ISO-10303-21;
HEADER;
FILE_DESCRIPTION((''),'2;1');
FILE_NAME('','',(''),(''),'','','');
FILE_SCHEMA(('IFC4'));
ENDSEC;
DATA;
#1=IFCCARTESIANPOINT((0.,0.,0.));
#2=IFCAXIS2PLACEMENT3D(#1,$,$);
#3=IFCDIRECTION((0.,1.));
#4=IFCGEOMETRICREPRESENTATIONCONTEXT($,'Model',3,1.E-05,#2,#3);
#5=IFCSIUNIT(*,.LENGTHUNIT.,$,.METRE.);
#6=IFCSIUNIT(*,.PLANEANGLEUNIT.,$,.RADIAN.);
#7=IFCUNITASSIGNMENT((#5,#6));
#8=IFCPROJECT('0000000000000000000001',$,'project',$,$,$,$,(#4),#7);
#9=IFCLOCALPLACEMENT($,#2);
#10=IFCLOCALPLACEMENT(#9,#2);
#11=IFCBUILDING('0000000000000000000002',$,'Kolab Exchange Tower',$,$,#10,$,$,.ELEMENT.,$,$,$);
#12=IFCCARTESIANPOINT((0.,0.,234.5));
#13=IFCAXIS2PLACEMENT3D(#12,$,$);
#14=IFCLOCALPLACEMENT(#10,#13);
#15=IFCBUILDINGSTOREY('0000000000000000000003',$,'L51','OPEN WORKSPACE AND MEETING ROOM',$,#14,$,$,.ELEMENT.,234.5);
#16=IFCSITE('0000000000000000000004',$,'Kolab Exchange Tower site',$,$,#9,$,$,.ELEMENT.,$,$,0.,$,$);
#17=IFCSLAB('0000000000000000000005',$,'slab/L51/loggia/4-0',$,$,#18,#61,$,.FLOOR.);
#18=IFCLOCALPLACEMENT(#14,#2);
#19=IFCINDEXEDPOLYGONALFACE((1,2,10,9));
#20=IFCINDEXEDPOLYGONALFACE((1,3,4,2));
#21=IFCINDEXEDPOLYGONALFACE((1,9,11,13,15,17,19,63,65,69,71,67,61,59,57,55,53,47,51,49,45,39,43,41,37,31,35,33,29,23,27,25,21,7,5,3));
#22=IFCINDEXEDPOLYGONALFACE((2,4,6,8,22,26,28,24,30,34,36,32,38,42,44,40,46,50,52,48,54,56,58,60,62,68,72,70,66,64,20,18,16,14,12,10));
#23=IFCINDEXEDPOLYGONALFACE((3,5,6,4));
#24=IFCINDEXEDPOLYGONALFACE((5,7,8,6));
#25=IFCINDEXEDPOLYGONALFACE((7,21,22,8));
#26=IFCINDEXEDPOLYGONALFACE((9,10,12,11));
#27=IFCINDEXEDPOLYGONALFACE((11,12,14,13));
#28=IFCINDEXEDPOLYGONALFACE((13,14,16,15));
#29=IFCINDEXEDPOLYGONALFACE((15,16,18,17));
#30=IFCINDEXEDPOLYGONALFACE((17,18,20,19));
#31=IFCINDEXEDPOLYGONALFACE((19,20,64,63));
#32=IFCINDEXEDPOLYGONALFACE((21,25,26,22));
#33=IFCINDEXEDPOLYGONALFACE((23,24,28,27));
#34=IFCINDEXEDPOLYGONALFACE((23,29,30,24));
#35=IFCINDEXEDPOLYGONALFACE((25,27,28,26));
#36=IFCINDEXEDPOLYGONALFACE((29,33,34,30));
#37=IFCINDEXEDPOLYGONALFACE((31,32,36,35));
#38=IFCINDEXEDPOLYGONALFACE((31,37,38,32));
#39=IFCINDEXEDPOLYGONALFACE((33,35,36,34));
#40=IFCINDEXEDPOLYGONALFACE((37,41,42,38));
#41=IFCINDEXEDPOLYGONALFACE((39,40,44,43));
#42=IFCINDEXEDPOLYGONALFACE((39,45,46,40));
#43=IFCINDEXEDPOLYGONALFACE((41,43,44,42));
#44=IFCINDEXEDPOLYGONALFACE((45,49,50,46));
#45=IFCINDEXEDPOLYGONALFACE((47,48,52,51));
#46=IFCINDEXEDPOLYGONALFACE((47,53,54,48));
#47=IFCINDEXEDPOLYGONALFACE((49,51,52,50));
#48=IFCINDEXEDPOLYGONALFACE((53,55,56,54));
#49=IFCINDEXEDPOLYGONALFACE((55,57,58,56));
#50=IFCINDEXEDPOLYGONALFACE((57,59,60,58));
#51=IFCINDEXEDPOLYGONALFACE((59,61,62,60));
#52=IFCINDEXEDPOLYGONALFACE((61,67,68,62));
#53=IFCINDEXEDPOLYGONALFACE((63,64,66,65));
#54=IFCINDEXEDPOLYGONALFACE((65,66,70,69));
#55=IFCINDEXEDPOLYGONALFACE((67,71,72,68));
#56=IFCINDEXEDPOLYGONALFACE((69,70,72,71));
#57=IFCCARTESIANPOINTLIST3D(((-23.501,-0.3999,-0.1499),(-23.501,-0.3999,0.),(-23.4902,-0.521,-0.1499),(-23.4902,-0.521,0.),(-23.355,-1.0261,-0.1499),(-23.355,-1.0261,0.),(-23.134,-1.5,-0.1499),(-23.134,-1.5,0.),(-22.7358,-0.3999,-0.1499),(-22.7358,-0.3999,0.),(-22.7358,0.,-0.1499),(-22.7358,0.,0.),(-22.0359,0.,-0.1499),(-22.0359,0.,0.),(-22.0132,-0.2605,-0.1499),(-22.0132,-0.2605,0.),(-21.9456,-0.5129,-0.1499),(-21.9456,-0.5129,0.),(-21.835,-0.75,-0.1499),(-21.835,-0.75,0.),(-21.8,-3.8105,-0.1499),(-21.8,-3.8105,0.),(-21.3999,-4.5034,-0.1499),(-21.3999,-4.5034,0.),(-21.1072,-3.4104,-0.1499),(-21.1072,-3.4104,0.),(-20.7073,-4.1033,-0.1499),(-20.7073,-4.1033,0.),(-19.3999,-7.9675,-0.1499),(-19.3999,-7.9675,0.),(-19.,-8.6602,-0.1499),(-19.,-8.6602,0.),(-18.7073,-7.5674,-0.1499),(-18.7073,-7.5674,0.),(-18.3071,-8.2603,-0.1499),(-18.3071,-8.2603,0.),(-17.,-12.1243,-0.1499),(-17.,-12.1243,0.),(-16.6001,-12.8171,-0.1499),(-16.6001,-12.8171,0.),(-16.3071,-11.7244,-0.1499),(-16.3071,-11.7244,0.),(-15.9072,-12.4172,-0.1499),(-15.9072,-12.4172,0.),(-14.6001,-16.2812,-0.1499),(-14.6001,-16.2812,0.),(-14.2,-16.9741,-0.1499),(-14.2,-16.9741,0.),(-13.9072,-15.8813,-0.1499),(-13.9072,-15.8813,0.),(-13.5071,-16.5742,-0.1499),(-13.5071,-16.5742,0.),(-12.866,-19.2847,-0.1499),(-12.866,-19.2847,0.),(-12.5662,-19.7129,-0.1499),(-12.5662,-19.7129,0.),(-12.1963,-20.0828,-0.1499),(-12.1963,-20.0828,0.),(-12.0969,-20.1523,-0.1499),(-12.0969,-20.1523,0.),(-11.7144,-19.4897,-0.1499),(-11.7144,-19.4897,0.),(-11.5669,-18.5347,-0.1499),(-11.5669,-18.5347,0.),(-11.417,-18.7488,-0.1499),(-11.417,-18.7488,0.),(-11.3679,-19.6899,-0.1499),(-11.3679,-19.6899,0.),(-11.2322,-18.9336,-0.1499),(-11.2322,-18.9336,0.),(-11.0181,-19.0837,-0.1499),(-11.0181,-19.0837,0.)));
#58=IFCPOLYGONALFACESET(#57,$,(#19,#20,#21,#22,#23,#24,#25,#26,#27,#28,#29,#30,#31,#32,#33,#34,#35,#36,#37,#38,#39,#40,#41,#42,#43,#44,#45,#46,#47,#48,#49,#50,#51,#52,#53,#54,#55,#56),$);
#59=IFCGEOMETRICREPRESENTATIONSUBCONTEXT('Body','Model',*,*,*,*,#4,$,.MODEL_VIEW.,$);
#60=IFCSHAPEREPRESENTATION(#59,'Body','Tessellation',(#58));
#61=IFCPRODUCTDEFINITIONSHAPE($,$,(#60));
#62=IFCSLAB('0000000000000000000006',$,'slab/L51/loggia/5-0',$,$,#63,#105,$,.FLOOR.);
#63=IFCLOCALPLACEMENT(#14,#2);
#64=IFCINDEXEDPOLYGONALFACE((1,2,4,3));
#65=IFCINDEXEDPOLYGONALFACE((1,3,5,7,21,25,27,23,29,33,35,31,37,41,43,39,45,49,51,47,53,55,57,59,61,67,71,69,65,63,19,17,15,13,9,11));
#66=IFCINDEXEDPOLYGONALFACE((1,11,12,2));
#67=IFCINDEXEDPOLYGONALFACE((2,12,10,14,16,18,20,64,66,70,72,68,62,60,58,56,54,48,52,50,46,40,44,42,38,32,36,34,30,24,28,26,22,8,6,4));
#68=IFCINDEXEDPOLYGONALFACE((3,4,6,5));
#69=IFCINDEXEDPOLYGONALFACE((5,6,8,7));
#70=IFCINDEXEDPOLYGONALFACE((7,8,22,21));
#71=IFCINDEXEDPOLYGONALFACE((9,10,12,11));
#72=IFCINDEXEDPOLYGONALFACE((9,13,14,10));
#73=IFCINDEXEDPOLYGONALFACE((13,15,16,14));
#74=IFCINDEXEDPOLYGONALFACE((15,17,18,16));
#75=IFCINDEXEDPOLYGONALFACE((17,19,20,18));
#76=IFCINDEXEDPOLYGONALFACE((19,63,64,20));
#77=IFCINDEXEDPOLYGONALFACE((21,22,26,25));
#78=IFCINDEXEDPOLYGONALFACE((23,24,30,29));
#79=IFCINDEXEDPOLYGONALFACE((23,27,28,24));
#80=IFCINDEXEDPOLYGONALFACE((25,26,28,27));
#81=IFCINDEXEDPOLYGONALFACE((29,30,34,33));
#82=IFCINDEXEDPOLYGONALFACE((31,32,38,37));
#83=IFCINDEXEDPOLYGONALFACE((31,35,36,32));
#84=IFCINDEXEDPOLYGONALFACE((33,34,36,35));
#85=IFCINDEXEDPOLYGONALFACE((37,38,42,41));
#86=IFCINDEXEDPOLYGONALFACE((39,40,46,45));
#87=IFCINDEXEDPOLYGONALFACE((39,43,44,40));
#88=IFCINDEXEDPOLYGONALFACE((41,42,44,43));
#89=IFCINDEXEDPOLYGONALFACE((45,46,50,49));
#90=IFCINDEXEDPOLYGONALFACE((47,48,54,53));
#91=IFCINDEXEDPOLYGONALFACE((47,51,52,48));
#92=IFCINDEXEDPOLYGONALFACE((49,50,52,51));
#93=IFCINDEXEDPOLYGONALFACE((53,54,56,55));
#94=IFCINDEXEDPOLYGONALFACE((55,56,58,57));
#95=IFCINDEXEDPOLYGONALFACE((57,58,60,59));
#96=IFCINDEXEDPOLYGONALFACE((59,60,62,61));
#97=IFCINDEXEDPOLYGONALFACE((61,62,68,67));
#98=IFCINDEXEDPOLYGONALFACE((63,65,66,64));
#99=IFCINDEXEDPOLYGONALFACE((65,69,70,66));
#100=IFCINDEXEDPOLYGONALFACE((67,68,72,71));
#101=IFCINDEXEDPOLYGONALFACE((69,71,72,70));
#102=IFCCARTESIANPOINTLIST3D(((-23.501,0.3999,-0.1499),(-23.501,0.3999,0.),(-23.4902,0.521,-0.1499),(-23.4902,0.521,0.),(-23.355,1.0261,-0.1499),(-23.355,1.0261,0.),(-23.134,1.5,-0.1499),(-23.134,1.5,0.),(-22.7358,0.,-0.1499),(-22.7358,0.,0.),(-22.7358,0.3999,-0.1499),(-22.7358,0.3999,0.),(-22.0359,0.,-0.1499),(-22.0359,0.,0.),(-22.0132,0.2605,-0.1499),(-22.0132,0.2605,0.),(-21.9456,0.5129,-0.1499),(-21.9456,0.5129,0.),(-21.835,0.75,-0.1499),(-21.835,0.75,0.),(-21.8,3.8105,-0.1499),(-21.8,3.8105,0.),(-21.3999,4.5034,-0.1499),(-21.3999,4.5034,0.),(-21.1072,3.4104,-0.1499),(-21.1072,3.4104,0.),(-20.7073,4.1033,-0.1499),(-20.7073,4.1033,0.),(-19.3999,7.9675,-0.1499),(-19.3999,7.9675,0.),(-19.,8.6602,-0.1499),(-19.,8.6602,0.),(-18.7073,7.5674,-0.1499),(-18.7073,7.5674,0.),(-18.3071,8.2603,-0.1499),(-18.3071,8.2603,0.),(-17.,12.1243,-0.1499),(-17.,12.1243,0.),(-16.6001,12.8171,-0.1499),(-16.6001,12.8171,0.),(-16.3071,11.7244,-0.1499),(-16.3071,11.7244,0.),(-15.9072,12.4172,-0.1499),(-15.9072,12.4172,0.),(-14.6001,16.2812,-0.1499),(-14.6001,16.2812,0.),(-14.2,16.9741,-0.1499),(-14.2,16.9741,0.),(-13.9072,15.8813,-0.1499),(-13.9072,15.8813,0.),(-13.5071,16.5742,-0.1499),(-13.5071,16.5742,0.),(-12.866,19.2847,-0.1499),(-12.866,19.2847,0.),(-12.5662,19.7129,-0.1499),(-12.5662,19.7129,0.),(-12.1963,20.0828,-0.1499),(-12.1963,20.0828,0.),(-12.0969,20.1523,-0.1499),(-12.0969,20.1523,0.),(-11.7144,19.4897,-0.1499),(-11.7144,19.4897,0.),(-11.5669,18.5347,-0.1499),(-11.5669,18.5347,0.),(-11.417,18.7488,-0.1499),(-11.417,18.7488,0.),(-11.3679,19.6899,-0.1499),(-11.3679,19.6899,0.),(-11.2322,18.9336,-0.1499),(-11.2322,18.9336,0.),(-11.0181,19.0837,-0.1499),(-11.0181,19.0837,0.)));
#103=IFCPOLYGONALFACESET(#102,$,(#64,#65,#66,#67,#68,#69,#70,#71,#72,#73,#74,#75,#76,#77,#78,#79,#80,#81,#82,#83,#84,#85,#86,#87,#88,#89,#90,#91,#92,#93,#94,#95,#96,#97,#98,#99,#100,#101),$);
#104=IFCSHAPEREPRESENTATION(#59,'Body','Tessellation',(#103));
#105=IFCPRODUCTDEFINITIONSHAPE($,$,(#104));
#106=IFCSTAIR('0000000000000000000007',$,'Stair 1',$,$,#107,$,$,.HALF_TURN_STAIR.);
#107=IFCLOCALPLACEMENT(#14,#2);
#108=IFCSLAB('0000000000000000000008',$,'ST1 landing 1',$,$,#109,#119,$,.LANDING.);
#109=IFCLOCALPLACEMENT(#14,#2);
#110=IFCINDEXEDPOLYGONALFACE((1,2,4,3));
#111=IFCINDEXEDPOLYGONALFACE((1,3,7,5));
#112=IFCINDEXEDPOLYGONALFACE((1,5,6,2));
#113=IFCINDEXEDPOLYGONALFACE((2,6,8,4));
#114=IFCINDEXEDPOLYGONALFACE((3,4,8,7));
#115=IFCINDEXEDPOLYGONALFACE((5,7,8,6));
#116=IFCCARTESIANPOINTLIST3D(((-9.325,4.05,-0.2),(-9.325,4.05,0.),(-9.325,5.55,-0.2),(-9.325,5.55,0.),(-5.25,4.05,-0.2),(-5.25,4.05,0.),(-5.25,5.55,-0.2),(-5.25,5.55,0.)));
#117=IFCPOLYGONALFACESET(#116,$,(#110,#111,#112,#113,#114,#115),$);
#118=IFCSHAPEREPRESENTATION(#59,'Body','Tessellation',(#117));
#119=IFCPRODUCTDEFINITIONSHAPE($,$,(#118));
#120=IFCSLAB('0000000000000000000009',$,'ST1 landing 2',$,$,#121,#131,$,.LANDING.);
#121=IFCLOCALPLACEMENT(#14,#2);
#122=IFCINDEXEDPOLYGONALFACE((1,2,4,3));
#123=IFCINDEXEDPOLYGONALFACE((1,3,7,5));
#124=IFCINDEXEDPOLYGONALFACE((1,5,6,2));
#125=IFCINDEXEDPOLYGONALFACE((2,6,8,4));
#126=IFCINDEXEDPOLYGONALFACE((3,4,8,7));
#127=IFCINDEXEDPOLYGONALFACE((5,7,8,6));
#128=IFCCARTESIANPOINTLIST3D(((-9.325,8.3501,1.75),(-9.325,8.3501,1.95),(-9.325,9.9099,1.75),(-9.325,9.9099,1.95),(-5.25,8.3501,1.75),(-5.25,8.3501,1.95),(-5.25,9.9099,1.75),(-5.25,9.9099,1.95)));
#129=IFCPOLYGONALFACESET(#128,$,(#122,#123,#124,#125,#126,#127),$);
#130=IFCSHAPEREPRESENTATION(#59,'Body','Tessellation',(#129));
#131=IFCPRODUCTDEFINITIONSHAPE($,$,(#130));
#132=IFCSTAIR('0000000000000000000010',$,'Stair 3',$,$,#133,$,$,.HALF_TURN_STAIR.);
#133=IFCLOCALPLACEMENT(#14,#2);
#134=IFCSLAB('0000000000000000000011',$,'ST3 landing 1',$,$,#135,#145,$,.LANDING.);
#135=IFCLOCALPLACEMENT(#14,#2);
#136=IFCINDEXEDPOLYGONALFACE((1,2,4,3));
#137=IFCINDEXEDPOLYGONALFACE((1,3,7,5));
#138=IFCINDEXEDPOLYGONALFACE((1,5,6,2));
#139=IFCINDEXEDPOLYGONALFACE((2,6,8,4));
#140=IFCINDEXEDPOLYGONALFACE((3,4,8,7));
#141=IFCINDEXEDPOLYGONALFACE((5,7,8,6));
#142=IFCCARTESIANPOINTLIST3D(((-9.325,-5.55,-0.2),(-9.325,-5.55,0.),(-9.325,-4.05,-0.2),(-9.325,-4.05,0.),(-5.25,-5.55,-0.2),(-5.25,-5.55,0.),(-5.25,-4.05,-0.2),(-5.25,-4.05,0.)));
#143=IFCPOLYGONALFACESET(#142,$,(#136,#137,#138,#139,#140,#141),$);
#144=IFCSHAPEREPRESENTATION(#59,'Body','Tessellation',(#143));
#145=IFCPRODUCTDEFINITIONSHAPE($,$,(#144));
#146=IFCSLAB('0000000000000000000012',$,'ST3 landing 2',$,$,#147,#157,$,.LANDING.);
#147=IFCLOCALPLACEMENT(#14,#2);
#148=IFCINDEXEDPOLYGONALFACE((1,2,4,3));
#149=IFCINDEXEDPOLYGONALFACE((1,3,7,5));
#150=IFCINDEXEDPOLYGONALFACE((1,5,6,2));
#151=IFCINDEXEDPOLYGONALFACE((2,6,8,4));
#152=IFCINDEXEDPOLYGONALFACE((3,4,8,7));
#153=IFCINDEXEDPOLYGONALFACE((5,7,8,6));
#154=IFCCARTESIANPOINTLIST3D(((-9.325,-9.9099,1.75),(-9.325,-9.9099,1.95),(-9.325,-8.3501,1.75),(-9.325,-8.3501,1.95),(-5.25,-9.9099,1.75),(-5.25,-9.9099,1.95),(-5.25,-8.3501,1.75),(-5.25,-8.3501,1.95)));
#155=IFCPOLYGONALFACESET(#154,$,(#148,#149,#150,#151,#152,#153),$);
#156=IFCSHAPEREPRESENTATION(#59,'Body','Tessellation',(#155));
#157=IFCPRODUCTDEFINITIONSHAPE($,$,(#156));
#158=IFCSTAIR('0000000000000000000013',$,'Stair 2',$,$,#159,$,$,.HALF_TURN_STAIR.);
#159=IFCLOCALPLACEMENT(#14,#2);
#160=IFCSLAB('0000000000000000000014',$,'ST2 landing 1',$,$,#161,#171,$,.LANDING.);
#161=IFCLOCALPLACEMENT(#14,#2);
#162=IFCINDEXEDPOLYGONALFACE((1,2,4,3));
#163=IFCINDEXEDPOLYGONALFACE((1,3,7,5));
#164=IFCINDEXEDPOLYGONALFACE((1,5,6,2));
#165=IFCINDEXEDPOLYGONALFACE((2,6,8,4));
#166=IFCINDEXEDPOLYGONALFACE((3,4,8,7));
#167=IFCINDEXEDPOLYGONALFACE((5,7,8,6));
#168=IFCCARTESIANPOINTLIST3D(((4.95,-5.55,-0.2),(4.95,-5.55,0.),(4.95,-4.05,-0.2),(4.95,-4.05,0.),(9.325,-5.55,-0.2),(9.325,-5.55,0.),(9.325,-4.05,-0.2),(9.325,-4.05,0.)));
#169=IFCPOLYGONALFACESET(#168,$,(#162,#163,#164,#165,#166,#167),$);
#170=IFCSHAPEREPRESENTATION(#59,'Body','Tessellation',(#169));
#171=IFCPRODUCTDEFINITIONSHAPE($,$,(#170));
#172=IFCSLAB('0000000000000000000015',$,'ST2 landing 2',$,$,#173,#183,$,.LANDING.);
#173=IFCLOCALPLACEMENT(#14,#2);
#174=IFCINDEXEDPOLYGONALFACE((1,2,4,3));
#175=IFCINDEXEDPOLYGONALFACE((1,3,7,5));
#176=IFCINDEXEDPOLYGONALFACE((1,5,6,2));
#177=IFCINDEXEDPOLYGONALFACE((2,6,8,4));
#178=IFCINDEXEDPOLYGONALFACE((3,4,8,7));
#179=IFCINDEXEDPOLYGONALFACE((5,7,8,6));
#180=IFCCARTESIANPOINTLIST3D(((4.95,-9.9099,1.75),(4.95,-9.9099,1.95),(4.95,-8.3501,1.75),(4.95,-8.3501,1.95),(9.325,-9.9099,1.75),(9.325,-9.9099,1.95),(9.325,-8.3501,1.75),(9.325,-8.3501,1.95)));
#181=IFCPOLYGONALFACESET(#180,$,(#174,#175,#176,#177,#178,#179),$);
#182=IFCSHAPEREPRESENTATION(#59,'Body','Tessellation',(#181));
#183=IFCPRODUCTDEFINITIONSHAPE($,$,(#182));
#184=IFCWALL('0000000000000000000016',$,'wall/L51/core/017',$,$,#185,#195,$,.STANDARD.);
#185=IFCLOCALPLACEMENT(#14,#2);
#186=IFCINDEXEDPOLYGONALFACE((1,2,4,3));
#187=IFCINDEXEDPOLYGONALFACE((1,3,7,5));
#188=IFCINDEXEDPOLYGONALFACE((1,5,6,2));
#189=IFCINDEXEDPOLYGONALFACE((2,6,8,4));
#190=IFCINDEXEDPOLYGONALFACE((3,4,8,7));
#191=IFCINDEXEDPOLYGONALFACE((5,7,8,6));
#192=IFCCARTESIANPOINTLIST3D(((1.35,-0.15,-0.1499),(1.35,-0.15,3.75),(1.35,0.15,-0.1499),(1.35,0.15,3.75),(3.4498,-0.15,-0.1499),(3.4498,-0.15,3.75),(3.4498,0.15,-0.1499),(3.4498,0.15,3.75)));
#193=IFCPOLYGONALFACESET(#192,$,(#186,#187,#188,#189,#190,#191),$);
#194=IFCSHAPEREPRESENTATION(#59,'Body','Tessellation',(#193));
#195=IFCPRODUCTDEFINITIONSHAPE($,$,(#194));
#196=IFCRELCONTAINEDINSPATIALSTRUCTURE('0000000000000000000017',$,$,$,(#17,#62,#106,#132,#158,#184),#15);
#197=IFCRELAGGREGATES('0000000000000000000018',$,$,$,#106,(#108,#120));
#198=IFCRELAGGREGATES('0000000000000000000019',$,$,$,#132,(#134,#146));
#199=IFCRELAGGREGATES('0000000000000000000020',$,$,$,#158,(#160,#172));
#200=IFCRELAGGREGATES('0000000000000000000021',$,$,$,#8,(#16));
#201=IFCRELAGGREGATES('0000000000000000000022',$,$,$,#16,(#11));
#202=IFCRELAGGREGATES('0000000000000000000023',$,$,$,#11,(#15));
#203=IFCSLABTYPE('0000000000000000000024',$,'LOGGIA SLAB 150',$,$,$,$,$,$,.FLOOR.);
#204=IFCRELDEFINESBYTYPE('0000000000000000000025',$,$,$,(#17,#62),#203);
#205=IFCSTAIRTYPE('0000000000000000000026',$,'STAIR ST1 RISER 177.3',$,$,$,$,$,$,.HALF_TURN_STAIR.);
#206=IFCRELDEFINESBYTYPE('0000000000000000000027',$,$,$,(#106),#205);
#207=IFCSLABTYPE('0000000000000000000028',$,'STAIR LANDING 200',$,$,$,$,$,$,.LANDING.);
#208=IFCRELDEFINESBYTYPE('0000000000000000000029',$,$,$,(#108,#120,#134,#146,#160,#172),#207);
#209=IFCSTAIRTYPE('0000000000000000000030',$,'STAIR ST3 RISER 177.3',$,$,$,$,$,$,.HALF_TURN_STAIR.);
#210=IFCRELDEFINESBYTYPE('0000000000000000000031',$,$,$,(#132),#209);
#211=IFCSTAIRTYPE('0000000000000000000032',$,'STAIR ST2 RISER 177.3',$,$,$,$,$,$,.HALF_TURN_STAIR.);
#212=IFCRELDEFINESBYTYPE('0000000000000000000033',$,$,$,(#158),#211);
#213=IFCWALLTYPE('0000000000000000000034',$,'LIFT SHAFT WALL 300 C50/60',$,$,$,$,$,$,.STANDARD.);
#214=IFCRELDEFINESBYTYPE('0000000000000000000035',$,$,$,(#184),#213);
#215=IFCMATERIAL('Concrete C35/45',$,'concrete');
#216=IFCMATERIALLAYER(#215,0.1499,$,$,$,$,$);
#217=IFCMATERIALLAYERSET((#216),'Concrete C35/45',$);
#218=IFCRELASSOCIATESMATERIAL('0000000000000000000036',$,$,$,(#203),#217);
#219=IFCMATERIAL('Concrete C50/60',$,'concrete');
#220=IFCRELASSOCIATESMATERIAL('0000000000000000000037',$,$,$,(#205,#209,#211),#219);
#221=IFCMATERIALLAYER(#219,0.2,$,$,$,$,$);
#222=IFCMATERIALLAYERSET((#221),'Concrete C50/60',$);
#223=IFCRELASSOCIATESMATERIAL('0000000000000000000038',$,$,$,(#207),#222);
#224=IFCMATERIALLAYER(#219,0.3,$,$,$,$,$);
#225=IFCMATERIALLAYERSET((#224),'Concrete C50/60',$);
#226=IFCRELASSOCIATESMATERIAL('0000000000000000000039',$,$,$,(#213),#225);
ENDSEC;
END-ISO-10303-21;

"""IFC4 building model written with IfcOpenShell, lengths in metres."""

from ifc_helpers import new_model, si_unit, direction, frame, frame_2d, origin, place, context, subcontext, project, spatial, polyline, rectangle, outline, extrude, material, layer, layer_set, type_object, element, aggregate, save


model = new_model("IFC4")

# Units and contexts
model_context = context("Model", 3, precision=1e-05, world=origin(), true_north=direction((0.0, 1.0)))
body_context = subcontext(model_context, "Body", "Model", "MODEL_VIEW")
ifc_project = project(units=[si_unit("LENGTHUNIT", "METRE"), si_unit("PLANEANGLEUNIT", "RADIAN")], contexts=[model_context])

# Site, building, storey
site_placement = place(None, origin())
site = spatial("IfcSite", under=ifc_project, at=site_placement, Name="Kolab Exchange Tower site", CompositionType="ELEMENT", RefElevation=0.0)
building_placement = place(site_placement, origin())
building = spatial("IfcBuilding", under=site, at=building_placement, Name="Kolab Exchange Tower", CompositionType="ELEMENT")
storey_placement = place(building_placement, frame((0.0, 0.0, 234.5)))
storey = spatial("IfcBuildingStorey", under=building, at=storey_placement, Name="L51", Description="OPEN WORKSPACE AND MEETING ROOM", CompositionType="ELEMENT", Elevation=234.5)

# Slabs
ifc_material_1 = material(Name="Concrete C35/45", Category="concrete")
ifc_layer_1 = layer(ifc_material_1, 0.1499)
ifc_layer_set_1 = layer_set([ifc_layer_1], Name="Concrete C35/45")
slab_type_1 = type_object("IfcSlabType", Name="LOGGIA SLAB 150", PredefinedType="FLOOR", material=ifc_layer_set_1)
slab_1_placement = place(storey_placement, frame((0.0, 0.0, -0.1499)))
element("IfcSlab", 1, at=slab_1_placement, inside=storey, type_object=slab_type_1, Name="slab/L51/loggia/4-0", PredefinedType="FLOOR", context=body_context, shape_type="SweptSolid", body=[
    extrude(outline(polyline([(-22.0359, 0.0), (-22.7358, 0.0), (-22.7358, -0.3999), (-23.501, -0.3999), (-23.4902, -0.521), (-23.355, -1.0261), (-23.134, -1.5), (-21.8, -3.8105), (-21.1072, -3.4104), (-20.7073, -4.1033), (-21.3999, -4.5034), (-19.3999, -7.9675), (-18.7073, -7.5674), (-18.3071, -8.2603), (-19.0, -8.6602), (-17.0, -12.1243), (-16.3071, -11.7244), (-15.9072, -12.4172), (-16.6001, -12.8171), (-14.6001, -16.2812), (-13.9072, -15.8813), (-13.5071, -16.5742), (-14.2, -16.9741), (-12.866, -19.2847), (-12.5662, -19.7129), (-12.1963, -20.0828), (-12.0969, -20.1523), (-11.7144, -19.4897), (-11.3679, -19.6899), (-11.0181, -19.0837), (-11.2322, -18.9336), (-11.417, -18.7488), (-11.5669, -18.5347), (-21.835, -0.75), (-21.9456, -0.5129), (-22.0132, -0.2605), (-22.0359, 0.0)])), origin(), (0.0, 0.0, 1.0), 0.1499),
])
slab_2_placement = place(storey_placement, frame((0.0, 0.0, -0.1499)))
element("IfcSlab", 2, at=slab_2_placement, inside=storey, type_object=slab_type_1, Name="slab/L51/loggia/5-0", PredefinedType="FLOOR", context=body_context, shape_type="SweptSolid", body=[
    extrude(outline(polyline([(-11.0181, 19.0837), (-11.3679, 19.6899), (-11.7144, 19.4897), (-12.0969, 20.1523), (-12.1963, 20.0828), (-12.5662, 19.7129), (-12.866, 19.2847), (-14.2, 16.9741), (-13.5071, 16.5742), (-13.9072, 15.8813), (-14.6001, 16.2812), (-16.6001, 12.8171), (-15.9072, 12.4172), (-16.3071, 11.7244), (-17.0, 12.1243), (-19.0, 8.6602), (-18.3071, 8.2603), (-18.7073, 7.5674), (-19.3999, 7.9675), (-21.3999, 4.5034), (-20.7073, 4.1033), (-21.1072, 3.4104), (-21.8, 3.8105), (-23.134, 1.5), (-23.355, 1.0261), (-23.4902, 0.521), (-23.501, 0.3999), (-22.7358, 0.3999), (-22.7358, 0.0), (-22.0359, 0.0), (-22.0132, 0.2605), (-21.9456, 0.5129), (-21.835, 0.75), (-11.5669, 18.5347), (-11.417, 18.7488), (-11.2322, 18.9336), (-11.0181, 19.0837)])), origin(), (0.0, 0.0, 1.0), 0.1499),
])

# Stairs, slabs
ifc_material_2 = material(Name="Concrete C50/60", Category="concrete")
stair_type_1 = type_object("IfcStairType", Name="STAIR ST1 RISER 177.3", PredefinedType="HALF_TURN_STAIR", material=ifc_material_2)
stair_1_placement = place(storey_placement, origin())
stair_1 = element("IfcStair", 3, at=stair_1_placement, inside=storey, type_object=stair_type_1, Name="Stair 1", PredefinedType="HALF_TURN_STAIR")
ifc_layer_2 = layer(ifc_material_2, 0.2)
ifc_layer_set_2 = layer_set([ifc_layer_2], Name="Concrete C50/60")
slab_type_2 = type_object("IfcSlabType", Name="STAIR LANDING 200", PredefinedType="LANDING", material=ifc_layer_set_2)
slab_3_placement = place(storey_placement, frame((0.0, 0.0, -0.2)))
slab_3 = element("IfcSlab", 4, at=slab_3_placement, type_object=slab_type_2, Name="ST1 landing 1", PredefinedType="LANDING", context=body_context, shape_type="SweptSolid", body=[
    extrude(outline(polyline([(-9.325, 4.05), (-5.25, 4.05), (-5.25, 5.55), (-9.325, 5.55), (-9.325, 4.05)])), origin(), (0.0, 0.0, 1.0), 0.2),
])
slab_4_placement = place(storey_placement, frame((0.0, 0.0, 1.75)))
slab_4 = element("IfcSlab", 5, at=slab_4_placement, type_object=slab_type_2, Name="ST1 landing 2", PredefinedType="LANDING", context=body_context, shape_type="SweptSolid", body=[
    extrude(outline(polyline([(-9.325, 8.3501), (-5.25, 8.3501), (-5.25, 9.9099), (-9.325, 9.9099), (-9.325, 8.3501)])), origin(), (0.0, 0.0, 1.0), 0.2),
])
aggregate(stair_1, [slab_3, slab_4])
stair_type_2 = type_object("IfcStairType", Name="STAIR ST3 RISER 177.3", PredefinedType="HALF_TURN_STAIR", material=ifc_material_2)
stair_2_placement = place(storey_placement, origin())
stair_2 = element("IfcStair", 6, at=stair_2_placement, inside=storey, type_object=stair_type_2, Name="Stair 3", PredefinedType="HALF_TURN_STAIR")
slab_5_placement = place(storey_placement, frame((0.0, 0.0, -0.2)))
slab_5 = element("IfcSlab", 7, at=slab_5_placement, type_object=slab_type_2, Name="ST3 landing 1", PredefinedType="LANDING", context=body_context, shape_type="SweptSolid", body=[
    extrude(outline(polyline([(-9.325, -5.55), (-5.25, -5.55), (-5.25, -4.05), (-9.325, -4.05), (-9.325, -5.55)])), origin(), (0.0, 0.0, 1.0), 0.2),
])
slab_6_placement = place(storey_placement, frame((0.0, 0.0, 1.75)))
slab_6 = element("IfcSlab", 8, at=slab_6_placement, type_object=slab_type_2, Name="ST3 landing 2", PredefinedType="LANDING", context=body_context, shape_type="SweptSolid", body=[
    extrude(outline(polyline([(-9.325, -9.9099), (-5.25, -9.9099), (-5.25, -8.3501), (-9.325, -8.3501), (-9.325, -9.9099)])), origin(), (0.0, 0.0, 1.0), 0.2),
])
aggregate(stair_2, [slab_5, slab_6])
stair_type_3 = type_object("IfcStairType", Name="STAIR ST2 RISER 177.3", PredefinedType="HALF_TURN_STAIR", material=ifc_material_2)
stair_3_placement = place(storey_placement, origin())
stair_3 = element("IfcStair", 9, at=stair_3_placement, inside=storey, type_object=stair_type_3, Name="Stair 2", PredefinedType="HALF_TURN_STAIR")
slab_7_placement = place(storey_placement, frame((0.0, 0.0, -0.2)))
slab_7 = element("IfcSlab", 10, at=slab_7_placement, type_object=slab_type_2, Name="ST2 landing 1", PredefinedType="LANDING", context=body_context, shape_type="SweptSolid", body=[
    extrude(outline(polyline([(4.95, -5.55), (9.325, -5.55), (9.325, -4.05), (4.95, -4.05), (4.95, -5.55)])), origin(), (0.0, 0.0, 1.0), 0.2),
])
slab_8_placement = place(storey_placement, frame((0.0, 0.0, 1.75)))
slab_8 = element("IfcSlab", 11, at=slab_8_placement, type_object=slab_type_2, Name="ST2 landing 2", PredefinedType="LANDING", context=body_context, shape_type="SweptSolid", body=[
    extrude(outline(polyline([(4.95, -9.9099), (9.325, -9.9099), (9.325, -8.3501), (4.95, -8.3501), (4.95, -9.9099)])), origin(), (0.0, 0.0, 1.0), 0.2),
])
aggregate(stair_3, [slab_7, slab_8])

# Wall
ifc_layer_3 = layer(ifc_material_2, 0.3)
ifc_layer_set_3 = layer_set([ifc_layer_3], Name="Concrete C50/60")
wall_type = type_object("IfcWallType", Name="LIFT SHAFT WALL 300 C50/60", PredefinedType="STANDARD", material=ifc_layer_set_3)
wall_1_placement = place(storey_placement, frame((1.3501, 0.0, -0.1499), z_axis=(0.0, 0.0, 1.0), x_axis=(1.0, 0.0, 0.0)))
element("IfcWall", 12, at=wall_1_placement, inside=storey, type_object=wall_type, Name="wall/L51/core/017", PredefinedType="STANDARD", context=body_context, shape_type="SweptSolid", body=[
    extrude(rectangle(XDim=2.0999, YDim=0.3, at=frame_2d((1.0498, 0.0))), origin(), (0.0, 0.0, 1.0), 3.8999),
])

save(model, "model.ifc")
